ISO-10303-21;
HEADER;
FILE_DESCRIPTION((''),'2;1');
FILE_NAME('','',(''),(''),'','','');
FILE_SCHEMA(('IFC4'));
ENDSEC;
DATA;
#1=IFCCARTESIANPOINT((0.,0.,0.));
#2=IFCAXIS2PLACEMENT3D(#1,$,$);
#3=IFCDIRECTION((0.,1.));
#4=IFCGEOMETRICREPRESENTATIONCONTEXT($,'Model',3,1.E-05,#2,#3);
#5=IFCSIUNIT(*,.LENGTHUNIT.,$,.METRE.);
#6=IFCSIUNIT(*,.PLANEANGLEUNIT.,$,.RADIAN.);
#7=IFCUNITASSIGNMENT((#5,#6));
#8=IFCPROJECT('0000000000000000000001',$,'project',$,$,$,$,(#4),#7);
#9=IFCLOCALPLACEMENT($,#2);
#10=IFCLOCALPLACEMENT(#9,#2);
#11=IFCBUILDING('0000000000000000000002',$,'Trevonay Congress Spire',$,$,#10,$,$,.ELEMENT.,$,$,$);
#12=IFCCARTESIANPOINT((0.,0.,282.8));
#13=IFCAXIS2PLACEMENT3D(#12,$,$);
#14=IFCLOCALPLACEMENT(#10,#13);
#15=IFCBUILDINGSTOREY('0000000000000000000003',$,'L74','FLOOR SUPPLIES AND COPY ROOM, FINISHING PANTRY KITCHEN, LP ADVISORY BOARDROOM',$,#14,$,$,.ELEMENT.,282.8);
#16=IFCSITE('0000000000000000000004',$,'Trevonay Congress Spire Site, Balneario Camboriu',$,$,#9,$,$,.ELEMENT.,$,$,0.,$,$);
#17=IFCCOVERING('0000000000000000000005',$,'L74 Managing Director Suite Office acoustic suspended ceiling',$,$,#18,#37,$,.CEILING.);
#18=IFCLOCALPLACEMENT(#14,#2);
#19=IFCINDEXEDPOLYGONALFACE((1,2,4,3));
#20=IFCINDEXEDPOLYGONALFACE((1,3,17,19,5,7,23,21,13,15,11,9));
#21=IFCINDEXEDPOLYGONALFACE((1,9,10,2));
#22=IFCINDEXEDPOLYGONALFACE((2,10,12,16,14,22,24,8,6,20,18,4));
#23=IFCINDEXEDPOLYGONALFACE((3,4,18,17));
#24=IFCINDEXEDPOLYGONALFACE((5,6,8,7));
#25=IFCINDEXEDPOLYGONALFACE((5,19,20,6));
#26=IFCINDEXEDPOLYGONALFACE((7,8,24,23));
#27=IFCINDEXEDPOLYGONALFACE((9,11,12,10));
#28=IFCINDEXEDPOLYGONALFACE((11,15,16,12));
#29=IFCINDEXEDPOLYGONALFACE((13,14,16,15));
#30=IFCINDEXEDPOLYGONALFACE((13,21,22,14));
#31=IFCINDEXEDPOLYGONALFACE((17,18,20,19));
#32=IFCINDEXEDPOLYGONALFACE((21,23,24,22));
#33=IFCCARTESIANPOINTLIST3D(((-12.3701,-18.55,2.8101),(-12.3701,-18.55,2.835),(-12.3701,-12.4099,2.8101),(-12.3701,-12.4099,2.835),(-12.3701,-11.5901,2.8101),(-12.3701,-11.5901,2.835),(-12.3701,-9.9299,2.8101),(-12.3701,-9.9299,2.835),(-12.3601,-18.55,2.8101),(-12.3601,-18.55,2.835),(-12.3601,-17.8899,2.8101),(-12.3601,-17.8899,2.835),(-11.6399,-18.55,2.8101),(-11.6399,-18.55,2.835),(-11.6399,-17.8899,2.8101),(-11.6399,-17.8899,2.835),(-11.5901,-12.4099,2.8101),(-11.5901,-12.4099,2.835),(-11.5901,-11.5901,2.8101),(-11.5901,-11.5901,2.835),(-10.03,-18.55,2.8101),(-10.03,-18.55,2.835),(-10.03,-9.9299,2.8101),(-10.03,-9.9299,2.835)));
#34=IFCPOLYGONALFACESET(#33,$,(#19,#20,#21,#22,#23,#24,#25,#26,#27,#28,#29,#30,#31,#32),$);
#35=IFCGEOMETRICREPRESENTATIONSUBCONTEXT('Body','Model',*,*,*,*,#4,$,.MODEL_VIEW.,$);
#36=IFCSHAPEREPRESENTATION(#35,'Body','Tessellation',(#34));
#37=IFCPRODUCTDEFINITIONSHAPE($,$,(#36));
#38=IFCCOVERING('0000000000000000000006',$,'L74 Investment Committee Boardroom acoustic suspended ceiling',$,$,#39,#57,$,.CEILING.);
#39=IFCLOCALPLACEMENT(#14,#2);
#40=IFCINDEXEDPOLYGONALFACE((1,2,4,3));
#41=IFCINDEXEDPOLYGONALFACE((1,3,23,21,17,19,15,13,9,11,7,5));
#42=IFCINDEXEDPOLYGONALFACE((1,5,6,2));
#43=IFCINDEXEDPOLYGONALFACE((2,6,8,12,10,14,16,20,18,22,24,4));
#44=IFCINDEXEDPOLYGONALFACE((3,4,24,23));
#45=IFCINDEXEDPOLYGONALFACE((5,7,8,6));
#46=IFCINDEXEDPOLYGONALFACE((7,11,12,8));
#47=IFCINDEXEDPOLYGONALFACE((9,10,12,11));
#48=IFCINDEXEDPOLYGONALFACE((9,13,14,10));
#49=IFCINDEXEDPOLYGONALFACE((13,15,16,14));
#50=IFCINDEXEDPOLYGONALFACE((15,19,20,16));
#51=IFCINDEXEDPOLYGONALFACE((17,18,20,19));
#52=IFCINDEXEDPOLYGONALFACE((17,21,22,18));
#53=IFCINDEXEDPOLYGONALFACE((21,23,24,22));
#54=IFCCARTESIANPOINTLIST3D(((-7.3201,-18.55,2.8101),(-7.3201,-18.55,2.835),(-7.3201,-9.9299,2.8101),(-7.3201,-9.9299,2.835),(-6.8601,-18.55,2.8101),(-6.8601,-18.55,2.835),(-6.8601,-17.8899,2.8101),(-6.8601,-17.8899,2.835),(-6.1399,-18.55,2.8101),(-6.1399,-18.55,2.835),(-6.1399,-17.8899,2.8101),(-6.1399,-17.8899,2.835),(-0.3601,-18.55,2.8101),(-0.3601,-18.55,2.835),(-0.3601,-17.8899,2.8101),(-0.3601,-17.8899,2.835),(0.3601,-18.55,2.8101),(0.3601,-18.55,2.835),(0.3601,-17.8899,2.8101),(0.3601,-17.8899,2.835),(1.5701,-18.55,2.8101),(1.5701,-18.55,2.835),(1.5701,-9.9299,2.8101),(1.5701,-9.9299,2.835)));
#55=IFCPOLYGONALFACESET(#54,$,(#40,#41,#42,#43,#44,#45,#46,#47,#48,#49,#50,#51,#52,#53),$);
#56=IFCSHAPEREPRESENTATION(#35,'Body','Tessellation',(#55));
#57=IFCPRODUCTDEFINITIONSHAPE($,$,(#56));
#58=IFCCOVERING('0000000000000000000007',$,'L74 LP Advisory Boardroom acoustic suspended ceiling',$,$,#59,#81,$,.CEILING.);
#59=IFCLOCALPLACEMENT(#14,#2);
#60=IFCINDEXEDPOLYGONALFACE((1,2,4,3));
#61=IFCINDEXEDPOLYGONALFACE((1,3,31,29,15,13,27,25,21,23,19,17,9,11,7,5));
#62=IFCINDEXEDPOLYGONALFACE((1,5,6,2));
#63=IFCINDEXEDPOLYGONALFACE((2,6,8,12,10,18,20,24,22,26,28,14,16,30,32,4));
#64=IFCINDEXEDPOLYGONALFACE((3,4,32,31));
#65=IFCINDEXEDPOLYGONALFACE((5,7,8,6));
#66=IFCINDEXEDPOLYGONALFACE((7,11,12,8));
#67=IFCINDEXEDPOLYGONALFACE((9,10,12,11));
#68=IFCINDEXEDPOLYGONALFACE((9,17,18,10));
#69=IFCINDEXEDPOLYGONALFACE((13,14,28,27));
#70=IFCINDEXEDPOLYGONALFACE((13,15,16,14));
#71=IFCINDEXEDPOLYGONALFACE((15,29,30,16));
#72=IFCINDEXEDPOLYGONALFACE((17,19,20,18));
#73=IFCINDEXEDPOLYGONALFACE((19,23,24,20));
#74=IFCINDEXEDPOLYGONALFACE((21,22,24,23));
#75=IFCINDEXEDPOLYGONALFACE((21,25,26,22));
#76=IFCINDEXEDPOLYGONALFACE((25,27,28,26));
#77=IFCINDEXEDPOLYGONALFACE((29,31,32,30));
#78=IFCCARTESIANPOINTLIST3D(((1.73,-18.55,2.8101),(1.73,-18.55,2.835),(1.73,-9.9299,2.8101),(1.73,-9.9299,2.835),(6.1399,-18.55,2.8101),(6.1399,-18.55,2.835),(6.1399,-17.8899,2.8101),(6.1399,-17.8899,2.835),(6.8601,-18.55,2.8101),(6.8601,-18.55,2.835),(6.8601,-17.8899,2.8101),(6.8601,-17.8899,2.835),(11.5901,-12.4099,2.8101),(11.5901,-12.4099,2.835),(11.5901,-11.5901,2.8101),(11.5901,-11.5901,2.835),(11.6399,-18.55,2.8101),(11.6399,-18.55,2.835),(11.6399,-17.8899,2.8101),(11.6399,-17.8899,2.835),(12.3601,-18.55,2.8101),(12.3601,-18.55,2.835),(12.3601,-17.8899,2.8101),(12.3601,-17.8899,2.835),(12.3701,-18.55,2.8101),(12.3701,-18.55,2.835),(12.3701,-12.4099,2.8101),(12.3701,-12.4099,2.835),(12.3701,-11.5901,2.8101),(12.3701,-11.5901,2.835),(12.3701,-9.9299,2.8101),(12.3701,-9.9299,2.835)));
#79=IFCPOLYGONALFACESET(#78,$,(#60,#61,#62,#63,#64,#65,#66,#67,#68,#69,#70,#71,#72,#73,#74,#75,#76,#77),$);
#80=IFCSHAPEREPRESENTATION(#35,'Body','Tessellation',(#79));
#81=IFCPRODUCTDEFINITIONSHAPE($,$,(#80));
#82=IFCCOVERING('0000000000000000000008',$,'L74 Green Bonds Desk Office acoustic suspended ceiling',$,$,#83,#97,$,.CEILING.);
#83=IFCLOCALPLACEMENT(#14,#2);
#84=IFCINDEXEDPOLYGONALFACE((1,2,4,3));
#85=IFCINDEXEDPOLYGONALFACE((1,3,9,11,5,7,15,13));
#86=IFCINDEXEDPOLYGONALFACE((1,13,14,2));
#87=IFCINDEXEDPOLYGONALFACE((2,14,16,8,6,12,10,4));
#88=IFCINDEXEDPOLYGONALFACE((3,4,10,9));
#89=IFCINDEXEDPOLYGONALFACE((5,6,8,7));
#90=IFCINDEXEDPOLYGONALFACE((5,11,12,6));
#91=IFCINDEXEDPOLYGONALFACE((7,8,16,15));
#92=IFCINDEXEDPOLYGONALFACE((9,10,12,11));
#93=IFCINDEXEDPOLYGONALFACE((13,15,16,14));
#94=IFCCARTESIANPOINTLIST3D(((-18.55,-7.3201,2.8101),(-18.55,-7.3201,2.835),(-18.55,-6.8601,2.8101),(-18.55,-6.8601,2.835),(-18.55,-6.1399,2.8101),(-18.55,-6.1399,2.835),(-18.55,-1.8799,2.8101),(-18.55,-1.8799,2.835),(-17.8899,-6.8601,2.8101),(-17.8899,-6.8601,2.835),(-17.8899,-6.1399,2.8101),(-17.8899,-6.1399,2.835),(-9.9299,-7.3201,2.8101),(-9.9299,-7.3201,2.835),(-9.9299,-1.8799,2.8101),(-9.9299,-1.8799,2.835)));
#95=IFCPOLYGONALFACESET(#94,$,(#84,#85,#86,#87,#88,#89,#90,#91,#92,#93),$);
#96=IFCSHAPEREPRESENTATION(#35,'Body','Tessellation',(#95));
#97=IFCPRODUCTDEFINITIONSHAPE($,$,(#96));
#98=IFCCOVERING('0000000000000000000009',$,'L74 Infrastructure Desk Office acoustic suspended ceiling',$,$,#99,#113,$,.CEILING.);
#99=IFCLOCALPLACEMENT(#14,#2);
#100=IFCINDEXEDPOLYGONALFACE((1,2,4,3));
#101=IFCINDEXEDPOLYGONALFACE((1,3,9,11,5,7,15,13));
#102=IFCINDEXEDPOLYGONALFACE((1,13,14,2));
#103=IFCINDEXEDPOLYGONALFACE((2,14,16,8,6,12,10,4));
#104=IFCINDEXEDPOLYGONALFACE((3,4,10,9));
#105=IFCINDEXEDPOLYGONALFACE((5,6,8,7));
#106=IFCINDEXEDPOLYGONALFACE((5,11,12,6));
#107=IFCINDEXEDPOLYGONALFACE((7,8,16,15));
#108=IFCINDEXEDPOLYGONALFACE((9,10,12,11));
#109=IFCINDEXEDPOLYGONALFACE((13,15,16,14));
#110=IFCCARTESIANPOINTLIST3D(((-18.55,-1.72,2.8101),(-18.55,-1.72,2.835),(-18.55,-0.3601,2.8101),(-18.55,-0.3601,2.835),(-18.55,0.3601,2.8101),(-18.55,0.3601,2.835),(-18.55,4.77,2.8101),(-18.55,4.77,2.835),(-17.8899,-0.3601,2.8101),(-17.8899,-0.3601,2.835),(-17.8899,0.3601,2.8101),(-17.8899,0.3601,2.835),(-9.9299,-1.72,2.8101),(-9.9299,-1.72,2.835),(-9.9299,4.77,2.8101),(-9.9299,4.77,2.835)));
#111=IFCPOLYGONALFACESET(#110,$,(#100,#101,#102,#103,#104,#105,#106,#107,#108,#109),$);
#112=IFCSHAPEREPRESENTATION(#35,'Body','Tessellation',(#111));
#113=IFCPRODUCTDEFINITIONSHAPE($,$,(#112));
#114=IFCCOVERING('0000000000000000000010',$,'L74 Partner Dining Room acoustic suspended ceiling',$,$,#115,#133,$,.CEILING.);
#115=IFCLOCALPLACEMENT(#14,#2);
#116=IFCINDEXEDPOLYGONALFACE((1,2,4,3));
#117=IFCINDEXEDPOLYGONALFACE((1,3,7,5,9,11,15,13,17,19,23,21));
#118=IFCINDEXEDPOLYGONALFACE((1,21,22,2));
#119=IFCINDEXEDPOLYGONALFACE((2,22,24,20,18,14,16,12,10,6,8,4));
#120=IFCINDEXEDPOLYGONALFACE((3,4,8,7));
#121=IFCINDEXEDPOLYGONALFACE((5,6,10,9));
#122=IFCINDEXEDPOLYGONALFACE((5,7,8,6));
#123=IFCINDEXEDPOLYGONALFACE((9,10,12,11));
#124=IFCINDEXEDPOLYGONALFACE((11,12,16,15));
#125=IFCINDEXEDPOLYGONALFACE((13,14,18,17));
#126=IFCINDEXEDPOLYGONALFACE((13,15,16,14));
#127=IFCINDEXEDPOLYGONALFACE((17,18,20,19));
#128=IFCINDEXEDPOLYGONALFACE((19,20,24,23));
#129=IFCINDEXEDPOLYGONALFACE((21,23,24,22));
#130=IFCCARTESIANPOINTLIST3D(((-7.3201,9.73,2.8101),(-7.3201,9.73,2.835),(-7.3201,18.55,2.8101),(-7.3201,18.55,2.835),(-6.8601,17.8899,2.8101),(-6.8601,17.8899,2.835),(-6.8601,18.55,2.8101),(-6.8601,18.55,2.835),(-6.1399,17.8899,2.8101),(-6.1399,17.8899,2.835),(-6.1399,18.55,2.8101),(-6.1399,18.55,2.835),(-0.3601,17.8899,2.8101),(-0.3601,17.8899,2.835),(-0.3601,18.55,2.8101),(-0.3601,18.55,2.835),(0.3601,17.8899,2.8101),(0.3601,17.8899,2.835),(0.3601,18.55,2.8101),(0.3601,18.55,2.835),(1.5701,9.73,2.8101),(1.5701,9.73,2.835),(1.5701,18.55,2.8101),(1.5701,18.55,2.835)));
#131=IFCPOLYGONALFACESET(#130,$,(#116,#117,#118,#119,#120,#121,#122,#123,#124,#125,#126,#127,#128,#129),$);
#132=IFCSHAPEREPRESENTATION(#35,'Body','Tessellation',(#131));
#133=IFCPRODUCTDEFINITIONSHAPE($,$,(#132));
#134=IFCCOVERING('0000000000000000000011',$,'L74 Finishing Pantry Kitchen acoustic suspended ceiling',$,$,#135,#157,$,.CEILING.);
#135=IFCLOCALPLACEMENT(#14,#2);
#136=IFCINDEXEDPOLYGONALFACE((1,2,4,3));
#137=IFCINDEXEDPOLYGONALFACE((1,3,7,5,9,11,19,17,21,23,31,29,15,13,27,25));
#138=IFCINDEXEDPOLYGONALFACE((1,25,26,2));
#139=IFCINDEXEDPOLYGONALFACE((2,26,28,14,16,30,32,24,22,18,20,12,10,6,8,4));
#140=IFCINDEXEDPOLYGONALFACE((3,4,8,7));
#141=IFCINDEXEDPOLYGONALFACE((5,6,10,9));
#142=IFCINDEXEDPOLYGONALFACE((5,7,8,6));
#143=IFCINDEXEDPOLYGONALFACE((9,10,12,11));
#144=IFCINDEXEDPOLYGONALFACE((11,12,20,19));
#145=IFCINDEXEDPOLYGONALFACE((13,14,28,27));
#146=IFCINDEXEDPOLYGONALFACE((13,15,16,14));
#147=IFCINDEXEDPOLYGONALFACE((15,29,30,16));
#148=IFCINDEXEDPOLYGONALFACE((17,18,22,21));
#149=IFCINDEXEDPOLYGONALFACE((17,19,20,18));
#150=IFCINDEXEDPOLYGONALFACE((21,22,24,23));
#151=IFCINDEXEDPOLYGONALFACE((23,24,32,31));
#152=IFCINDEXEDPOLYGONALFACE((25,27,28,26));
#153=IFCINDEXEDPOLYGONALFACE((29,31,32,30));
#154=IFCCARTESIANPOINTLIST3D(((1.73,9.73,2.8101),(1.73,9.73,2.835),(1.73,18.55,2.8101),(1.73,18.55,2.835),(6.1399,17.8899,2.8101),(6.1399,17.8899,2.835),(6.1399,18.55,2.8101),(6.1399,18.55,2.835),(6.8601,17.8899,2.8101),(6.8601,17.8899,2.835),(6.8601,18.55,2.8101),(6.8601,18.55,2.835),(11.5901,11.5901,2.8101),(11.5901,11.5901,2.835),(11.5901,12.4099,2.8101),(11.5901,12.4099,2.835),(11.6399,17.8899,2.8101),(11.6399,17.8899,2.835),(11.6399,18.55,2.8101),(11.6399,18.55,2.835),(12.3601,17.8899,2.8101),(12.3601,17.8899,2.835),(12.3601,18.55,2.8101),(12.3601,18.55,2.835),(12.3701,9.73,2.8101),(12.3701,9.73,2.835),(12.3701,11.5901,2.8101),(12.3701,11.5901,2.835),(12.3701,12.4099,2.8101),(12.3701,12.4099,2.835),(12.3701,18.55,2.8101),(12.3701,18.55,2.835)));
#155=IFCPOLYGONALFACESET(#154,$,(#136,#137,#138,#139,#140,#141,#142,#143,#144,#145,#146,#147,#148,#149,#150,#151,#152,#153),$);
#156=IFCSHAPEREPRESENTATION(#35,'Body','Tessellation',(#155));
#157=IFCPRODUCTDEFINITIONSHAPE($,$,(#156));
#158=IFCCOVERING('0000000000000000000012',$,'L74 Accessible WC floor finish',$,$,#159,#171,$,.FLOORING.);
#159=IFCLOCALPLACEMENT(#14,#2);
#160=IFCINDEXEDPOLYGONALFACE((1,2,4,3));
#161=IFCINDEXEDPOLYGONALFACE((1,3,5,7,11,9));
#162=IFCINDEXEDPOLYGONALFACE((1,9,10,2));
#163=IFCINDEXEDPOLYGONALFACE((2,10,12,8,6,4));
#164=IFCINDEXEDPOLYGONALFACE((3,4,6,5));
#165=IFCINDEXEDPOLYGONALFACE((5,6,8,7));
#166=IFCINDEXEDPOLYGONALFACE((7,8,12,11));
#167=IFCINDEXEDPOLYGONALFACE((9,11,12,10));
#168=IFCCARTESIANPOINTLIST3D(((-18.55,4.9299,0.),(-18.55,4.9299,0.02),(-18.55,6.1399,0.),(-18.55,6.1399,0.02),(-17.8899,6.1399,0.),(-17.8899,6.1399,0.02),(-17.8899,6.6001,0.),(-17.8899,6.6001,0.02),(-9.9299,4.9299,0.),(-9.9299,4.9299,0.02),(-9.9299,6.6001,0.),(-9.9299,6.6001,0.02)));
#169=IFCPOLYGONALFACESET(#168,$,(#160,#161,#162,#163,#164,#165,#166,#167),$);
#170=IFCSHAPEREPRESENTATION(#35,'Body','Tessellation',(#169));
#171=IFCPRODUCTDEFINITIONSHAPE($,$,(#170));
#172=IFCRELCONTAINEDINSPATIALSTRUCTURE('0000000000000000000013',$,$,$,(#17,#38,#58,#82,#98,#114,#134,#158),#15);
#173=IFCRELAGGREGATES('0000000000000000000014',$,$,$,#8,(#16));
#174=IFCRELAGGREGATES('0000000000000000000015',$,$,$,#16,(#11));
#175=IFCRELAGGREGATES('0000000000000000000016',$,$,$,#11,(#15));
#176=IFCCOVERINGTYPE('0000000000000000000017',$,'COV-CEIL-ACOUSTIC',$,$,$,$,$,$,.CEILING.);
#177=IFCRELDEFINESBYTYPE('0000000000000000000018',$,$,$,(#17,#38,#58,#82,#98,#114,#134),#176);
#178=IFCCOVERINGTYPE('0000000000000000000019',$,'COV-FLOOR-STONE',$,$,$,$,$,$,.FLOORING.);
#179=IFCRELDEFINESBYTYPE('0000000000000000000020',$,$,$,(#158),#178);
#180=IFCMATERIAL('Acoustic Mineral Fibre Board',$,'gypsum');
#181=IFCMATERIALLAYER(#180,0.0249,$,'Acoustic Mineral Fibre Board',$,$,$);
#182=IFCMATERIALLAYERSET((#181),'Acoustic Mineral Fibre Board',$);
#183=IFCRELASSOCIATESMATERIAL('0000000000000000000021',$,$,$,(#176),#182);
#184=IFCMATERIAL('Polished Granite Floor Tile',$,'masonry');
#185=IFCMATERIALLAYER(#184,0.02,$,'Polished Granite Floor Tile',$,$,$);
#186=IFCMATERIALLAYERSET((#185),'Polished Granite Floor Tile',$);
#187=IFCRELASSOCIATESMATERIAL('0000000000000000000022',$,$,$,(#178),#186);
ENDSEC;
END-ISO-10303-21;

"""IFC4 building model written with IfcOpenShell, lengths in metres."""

from ifc_helpers import new_model, si_unit, direction, frame, origin, place, context, subcontext, project, spatial, polyline, outline, extrude, material, layer, layer_set, type_object, element, save


model = new_model("IFC4")

# Units and contexts
model_context = context("Model", 3, precision=1e-05, world=origin(), true_north=direction((0.0, 1.0)))
body_context = subcontext(model_context, "Body", "Model", "MODEL_VIEW")
ifc_project = project(units=[si_unit("LENGTHUNIT", "METRE"), si_unit("PLANEANGLEUNIT", "RADIAN")], contexts=[model_context])

# Site, building, storey
site_placement = place(None, origin())
site = spatial("IfcSite", under=ifc_project, at=site_placement, Name="Trevonay Congress Spire Site, Balneario Camboriu", CompositionType="ELEMENT", RefElevation=0.0)
building_placement = place(site_placement, origin())
building = spatial("IfcBuilding", under=site, at=building_placement, Name="Trevonay Congress Spire", CompositionType="ELEMENT")
storey_placement = place(building_placement, frame((0.0, 0.0, 282.8)))
storey = spatial("IfcBuildingStorey", under=building, at=storey_placement, Name="L74", Description="FLOOR SUPPLIES AND COPY ROOM, FINISHING PANTRY KITCHEN, LP ADVISORY BOARDROOM", CompositionType="ELEMENT", Elevation=282.8)

# Coverings
ifc_material_1 = material(Name="Acoustic Mineral Fibre Board", Category="gypsum")
ifc_layer_1 = layer(ifc_material_1, 0.0249, Name="Acoustic Mineral Fibre Board")
ifc_layer_set_1 = layer_set([ifc_layer_1], Name="Acoustic Mineral Fibre Board")
covering_type_1 = type_object("IfcCoveringType", Name="COV-CEIL-ACOUSTIC", PredefinedType="CEILING", material=ifc_layer_set_1)
covering_1_placement = place(storey_placement, frame((0.0, 0.0, 2.8101)))
element("IfcCovering", 1, at=covering_1_placement, inside=storey, type_object=covering_type_1, Name="L74 Managing Director Suite Office acoustic suspended ceiling", PredefinedType="CEILING", context=body_context, shape_type="SweptSolid", body=[
    extrude(outline(polyline([(-12.3701, -18.55), (-12.3701, -12.4099), (-11.5901, -12.4099), (-11.5901, -11.5901), (-12.3701, -11.5901), (-12.3701, -9.9299), (-10.03, -9.9299), (-10.03, -18.55), (-11.6399, -18.55), (-11.6399, -17.8899), (-12.3601, -17.8899), (-12.3601, -18.55), (-12.3701, -18.55)])), origin(), (0.0, 0.0, 1.0), 0.0249),
])
covering_2_placement = place(storey_placement, frame((0.0, 0.0, 2.8101)))
element("IfcCovering", 2, at=covering_2_placement, inside=storey, type_object=covering_type_1, Name="L74 Investment Committee Boardroom acoustic suspended ceiling", PredefinedType="CEILING", context=body_context, shape_type="SweptSolid", body=[
    extrude(outline(polyline([(-7.3201, -18.55), (-7.3201, -9.9299), (1.5701, -9.9299), (1.5701, -18.55), (0.3601, -18.55), (0.3601, -17.8899), (-0.3601, -17.8899), (-0.3601, -18.55), (-6.1399, -18.55), (-6.1399, -17.8899), (-6.8601, -17.8899), (-6.8601, -18.55), (-7.3201, -18.55)])), origin(), (0.0, 0.0, 1.0), 0.0249),
])
covering_3_placement = place(storey_placement, frame((0.0, 0.0, 2.8101)))
element("IfcCovering", 3, at=covering_3_placement, inside=storey, type_object=covering_type_1, Name="L74 LP Advisory Boardroom acoustic suspended ceiling", PredefinedType="CEILING", context=body_context, shape_type="SweptSolid", body=[
    extrude(outline(polyline([(1.73, -18.55), (1.73, -9.9299), (12.3701, -9.9299), (12.3701, -11.5901), (11.5901, -11.5901), (11.5901, -12.4099), (12.3701, -12.4099), (12.3701, -18.55), (12.3601, -18.55), (12.3601, -17.8899), (11.6399, -17.8899), (11.6399, -18.55), (6.8601, -18.55), (6.8601, -17.8899), (6.1399, -17.8899), (6.1399, -18.55), (1.73, -18.55)])), origin(), (0.0, 0.0, 1.0), 0.0249),
])
covering_4_placement = place(storey_placement, frame((0.0, 0.0, 2.8101)))
element("IfcCovering", 4, at=covering_4_placement, inside=storey, type_object=covering_type_1, Name="L74 Green Bonds Desk Office acoustic suspended ceiling", PredefinedType="CEILING", context=body_context, shape_type="SweptSolid", body=[
    extrude(outline(polyline([(-18.55, -1.8799), (-9.9299, -1.8799), (-9.9299, -7.3201), (-18.55, -7.3201), (-18.55, -6.8601), (-17.8899, -6.8601), (-17.8899, -6.1399), (-18.55, -6.1399), (-18.55, -1.8799)])), origin(), (0.0, 0.0, 1.0), 0.0249),
])
covering_5_placement = place(storey_placement, frame((0.0, 0.0, 2.8101)))
element("IfcCovering", 5, at=covering_5_placement, inside=storey, type_object=covering_type_1, Name="L74 Infrastructure Desk Office acoustic suspended ceiling", PredefinedType="CEILING", context=body_context, shape_type="SweptSolid", body=[
    extrude(outline(polyline([(-18.55, 4.77), (-9.9299, 4.77), (-9.9299, -1.72), (-18.55, -1.72), (-18.55, -0.3601), (-17.8899, -0.3601), (-17.8899, 0.3601), (-18.55, 0.3601), (-18.55, 4.77)])), origin(), (0.0, 0.0, 1.0), 0.0249),
])
covering_6_placement = place(storey_placement, frame((0.0, 0.0, 2.8101)))
element("IfcCovering", 6, at=covering_6_placement, inside=storey, type_object=covering_type_1, Name="L74 Partner Dining Room acoustic suspended ceiling", PredefinedType="CEILING", context=body_context, shape_type="SweptSolid", body=[
    extrude(outline(polyline([(1.5701, 18.55), (1.5701, 9.73), (-7.3201, 9.73), (-7.3201, 18.55), (-6.8601, 18.55), (-6.8601, 17.8899), (-6.1399, 17.8899), (-6.1399, 18.55), (-0.3601, 18.55), (-0.3601, 17.8899), (0.3601, 17.8899), (0.3601, 18.55), (1.5701, 18.55)])), origin(), (0.0, 0.0, 1.0), 0.0249),
])
covering_7_placement = place(storey_placement, frame((0.0, 0.0, 2.8101)))
element("IfcCovering", 7, at=covering_7_placement, inside=storey, type_object=covering_type_1, Name="L74 Finishing Pantry Kitchen acoustic suspended ceiling", PredefinedType="CEILING", context=body_context, shape_type="SweptSolid", body=[
    extrude(outline(polyline([(12.3701, 9.73), (1.73, 9.73), (1.73, 18.55), (6.1399, 18.55), (6.1399, 17.8899), (6.8601, 17.8899), (6.8601, 18.55), (11.6399, 18.55), (11.6399, 17.8899), (12.3601, 17.8899), (12.3601, 18.55), (12.3701, 18.55), (12.3701, 12.4099), (11.5901, 12.4099), (11.5901, 11.5901), (12.3701, 11.5901), (12.3701, 9.73)])), origin(), (0.0, 0.0, 1.0), 0.0249),
])
ifc_material_2 = material(Name="Polished Granite Floor Tile", Category="masonry")
ifc_layer_2 = layer(ifc_material_2, 0.02, Name="Polished Granite Floor Tile")
ifc_layer_set_2 = layer_set([ifc_layer_2], Name="Polished Granite Floor Tile")
covering_type_2 = type_object("IfcCoveringType", Name="COV-FLOOR-STONE", PredefinedType="FLOORING", material=ifc_layer_set_2)
covering_8_placement = place(storey_placement, origin())
element("IfcCovering", 8, at=covering_8_placement, inside=storey, type_object=covering_type_2, Name="L74 Accessible WC floor finish", PredefinedType="FLOORING", context=body_context, shape_type="SweptSolid", body=[
    extrude(outline(polyline([(-9.9299, 6.6001), (-9.9299, 4.9299), (-18.55, 4.9299), (-18.55, 6.1399), (-17.8899, 6.1399), (-17.8899, 6.6001), (-9.9299, 6.6001)])), origin(), (0.0, 0.0, 1.0), 0.02),
])

save(model, "model.ifc")
